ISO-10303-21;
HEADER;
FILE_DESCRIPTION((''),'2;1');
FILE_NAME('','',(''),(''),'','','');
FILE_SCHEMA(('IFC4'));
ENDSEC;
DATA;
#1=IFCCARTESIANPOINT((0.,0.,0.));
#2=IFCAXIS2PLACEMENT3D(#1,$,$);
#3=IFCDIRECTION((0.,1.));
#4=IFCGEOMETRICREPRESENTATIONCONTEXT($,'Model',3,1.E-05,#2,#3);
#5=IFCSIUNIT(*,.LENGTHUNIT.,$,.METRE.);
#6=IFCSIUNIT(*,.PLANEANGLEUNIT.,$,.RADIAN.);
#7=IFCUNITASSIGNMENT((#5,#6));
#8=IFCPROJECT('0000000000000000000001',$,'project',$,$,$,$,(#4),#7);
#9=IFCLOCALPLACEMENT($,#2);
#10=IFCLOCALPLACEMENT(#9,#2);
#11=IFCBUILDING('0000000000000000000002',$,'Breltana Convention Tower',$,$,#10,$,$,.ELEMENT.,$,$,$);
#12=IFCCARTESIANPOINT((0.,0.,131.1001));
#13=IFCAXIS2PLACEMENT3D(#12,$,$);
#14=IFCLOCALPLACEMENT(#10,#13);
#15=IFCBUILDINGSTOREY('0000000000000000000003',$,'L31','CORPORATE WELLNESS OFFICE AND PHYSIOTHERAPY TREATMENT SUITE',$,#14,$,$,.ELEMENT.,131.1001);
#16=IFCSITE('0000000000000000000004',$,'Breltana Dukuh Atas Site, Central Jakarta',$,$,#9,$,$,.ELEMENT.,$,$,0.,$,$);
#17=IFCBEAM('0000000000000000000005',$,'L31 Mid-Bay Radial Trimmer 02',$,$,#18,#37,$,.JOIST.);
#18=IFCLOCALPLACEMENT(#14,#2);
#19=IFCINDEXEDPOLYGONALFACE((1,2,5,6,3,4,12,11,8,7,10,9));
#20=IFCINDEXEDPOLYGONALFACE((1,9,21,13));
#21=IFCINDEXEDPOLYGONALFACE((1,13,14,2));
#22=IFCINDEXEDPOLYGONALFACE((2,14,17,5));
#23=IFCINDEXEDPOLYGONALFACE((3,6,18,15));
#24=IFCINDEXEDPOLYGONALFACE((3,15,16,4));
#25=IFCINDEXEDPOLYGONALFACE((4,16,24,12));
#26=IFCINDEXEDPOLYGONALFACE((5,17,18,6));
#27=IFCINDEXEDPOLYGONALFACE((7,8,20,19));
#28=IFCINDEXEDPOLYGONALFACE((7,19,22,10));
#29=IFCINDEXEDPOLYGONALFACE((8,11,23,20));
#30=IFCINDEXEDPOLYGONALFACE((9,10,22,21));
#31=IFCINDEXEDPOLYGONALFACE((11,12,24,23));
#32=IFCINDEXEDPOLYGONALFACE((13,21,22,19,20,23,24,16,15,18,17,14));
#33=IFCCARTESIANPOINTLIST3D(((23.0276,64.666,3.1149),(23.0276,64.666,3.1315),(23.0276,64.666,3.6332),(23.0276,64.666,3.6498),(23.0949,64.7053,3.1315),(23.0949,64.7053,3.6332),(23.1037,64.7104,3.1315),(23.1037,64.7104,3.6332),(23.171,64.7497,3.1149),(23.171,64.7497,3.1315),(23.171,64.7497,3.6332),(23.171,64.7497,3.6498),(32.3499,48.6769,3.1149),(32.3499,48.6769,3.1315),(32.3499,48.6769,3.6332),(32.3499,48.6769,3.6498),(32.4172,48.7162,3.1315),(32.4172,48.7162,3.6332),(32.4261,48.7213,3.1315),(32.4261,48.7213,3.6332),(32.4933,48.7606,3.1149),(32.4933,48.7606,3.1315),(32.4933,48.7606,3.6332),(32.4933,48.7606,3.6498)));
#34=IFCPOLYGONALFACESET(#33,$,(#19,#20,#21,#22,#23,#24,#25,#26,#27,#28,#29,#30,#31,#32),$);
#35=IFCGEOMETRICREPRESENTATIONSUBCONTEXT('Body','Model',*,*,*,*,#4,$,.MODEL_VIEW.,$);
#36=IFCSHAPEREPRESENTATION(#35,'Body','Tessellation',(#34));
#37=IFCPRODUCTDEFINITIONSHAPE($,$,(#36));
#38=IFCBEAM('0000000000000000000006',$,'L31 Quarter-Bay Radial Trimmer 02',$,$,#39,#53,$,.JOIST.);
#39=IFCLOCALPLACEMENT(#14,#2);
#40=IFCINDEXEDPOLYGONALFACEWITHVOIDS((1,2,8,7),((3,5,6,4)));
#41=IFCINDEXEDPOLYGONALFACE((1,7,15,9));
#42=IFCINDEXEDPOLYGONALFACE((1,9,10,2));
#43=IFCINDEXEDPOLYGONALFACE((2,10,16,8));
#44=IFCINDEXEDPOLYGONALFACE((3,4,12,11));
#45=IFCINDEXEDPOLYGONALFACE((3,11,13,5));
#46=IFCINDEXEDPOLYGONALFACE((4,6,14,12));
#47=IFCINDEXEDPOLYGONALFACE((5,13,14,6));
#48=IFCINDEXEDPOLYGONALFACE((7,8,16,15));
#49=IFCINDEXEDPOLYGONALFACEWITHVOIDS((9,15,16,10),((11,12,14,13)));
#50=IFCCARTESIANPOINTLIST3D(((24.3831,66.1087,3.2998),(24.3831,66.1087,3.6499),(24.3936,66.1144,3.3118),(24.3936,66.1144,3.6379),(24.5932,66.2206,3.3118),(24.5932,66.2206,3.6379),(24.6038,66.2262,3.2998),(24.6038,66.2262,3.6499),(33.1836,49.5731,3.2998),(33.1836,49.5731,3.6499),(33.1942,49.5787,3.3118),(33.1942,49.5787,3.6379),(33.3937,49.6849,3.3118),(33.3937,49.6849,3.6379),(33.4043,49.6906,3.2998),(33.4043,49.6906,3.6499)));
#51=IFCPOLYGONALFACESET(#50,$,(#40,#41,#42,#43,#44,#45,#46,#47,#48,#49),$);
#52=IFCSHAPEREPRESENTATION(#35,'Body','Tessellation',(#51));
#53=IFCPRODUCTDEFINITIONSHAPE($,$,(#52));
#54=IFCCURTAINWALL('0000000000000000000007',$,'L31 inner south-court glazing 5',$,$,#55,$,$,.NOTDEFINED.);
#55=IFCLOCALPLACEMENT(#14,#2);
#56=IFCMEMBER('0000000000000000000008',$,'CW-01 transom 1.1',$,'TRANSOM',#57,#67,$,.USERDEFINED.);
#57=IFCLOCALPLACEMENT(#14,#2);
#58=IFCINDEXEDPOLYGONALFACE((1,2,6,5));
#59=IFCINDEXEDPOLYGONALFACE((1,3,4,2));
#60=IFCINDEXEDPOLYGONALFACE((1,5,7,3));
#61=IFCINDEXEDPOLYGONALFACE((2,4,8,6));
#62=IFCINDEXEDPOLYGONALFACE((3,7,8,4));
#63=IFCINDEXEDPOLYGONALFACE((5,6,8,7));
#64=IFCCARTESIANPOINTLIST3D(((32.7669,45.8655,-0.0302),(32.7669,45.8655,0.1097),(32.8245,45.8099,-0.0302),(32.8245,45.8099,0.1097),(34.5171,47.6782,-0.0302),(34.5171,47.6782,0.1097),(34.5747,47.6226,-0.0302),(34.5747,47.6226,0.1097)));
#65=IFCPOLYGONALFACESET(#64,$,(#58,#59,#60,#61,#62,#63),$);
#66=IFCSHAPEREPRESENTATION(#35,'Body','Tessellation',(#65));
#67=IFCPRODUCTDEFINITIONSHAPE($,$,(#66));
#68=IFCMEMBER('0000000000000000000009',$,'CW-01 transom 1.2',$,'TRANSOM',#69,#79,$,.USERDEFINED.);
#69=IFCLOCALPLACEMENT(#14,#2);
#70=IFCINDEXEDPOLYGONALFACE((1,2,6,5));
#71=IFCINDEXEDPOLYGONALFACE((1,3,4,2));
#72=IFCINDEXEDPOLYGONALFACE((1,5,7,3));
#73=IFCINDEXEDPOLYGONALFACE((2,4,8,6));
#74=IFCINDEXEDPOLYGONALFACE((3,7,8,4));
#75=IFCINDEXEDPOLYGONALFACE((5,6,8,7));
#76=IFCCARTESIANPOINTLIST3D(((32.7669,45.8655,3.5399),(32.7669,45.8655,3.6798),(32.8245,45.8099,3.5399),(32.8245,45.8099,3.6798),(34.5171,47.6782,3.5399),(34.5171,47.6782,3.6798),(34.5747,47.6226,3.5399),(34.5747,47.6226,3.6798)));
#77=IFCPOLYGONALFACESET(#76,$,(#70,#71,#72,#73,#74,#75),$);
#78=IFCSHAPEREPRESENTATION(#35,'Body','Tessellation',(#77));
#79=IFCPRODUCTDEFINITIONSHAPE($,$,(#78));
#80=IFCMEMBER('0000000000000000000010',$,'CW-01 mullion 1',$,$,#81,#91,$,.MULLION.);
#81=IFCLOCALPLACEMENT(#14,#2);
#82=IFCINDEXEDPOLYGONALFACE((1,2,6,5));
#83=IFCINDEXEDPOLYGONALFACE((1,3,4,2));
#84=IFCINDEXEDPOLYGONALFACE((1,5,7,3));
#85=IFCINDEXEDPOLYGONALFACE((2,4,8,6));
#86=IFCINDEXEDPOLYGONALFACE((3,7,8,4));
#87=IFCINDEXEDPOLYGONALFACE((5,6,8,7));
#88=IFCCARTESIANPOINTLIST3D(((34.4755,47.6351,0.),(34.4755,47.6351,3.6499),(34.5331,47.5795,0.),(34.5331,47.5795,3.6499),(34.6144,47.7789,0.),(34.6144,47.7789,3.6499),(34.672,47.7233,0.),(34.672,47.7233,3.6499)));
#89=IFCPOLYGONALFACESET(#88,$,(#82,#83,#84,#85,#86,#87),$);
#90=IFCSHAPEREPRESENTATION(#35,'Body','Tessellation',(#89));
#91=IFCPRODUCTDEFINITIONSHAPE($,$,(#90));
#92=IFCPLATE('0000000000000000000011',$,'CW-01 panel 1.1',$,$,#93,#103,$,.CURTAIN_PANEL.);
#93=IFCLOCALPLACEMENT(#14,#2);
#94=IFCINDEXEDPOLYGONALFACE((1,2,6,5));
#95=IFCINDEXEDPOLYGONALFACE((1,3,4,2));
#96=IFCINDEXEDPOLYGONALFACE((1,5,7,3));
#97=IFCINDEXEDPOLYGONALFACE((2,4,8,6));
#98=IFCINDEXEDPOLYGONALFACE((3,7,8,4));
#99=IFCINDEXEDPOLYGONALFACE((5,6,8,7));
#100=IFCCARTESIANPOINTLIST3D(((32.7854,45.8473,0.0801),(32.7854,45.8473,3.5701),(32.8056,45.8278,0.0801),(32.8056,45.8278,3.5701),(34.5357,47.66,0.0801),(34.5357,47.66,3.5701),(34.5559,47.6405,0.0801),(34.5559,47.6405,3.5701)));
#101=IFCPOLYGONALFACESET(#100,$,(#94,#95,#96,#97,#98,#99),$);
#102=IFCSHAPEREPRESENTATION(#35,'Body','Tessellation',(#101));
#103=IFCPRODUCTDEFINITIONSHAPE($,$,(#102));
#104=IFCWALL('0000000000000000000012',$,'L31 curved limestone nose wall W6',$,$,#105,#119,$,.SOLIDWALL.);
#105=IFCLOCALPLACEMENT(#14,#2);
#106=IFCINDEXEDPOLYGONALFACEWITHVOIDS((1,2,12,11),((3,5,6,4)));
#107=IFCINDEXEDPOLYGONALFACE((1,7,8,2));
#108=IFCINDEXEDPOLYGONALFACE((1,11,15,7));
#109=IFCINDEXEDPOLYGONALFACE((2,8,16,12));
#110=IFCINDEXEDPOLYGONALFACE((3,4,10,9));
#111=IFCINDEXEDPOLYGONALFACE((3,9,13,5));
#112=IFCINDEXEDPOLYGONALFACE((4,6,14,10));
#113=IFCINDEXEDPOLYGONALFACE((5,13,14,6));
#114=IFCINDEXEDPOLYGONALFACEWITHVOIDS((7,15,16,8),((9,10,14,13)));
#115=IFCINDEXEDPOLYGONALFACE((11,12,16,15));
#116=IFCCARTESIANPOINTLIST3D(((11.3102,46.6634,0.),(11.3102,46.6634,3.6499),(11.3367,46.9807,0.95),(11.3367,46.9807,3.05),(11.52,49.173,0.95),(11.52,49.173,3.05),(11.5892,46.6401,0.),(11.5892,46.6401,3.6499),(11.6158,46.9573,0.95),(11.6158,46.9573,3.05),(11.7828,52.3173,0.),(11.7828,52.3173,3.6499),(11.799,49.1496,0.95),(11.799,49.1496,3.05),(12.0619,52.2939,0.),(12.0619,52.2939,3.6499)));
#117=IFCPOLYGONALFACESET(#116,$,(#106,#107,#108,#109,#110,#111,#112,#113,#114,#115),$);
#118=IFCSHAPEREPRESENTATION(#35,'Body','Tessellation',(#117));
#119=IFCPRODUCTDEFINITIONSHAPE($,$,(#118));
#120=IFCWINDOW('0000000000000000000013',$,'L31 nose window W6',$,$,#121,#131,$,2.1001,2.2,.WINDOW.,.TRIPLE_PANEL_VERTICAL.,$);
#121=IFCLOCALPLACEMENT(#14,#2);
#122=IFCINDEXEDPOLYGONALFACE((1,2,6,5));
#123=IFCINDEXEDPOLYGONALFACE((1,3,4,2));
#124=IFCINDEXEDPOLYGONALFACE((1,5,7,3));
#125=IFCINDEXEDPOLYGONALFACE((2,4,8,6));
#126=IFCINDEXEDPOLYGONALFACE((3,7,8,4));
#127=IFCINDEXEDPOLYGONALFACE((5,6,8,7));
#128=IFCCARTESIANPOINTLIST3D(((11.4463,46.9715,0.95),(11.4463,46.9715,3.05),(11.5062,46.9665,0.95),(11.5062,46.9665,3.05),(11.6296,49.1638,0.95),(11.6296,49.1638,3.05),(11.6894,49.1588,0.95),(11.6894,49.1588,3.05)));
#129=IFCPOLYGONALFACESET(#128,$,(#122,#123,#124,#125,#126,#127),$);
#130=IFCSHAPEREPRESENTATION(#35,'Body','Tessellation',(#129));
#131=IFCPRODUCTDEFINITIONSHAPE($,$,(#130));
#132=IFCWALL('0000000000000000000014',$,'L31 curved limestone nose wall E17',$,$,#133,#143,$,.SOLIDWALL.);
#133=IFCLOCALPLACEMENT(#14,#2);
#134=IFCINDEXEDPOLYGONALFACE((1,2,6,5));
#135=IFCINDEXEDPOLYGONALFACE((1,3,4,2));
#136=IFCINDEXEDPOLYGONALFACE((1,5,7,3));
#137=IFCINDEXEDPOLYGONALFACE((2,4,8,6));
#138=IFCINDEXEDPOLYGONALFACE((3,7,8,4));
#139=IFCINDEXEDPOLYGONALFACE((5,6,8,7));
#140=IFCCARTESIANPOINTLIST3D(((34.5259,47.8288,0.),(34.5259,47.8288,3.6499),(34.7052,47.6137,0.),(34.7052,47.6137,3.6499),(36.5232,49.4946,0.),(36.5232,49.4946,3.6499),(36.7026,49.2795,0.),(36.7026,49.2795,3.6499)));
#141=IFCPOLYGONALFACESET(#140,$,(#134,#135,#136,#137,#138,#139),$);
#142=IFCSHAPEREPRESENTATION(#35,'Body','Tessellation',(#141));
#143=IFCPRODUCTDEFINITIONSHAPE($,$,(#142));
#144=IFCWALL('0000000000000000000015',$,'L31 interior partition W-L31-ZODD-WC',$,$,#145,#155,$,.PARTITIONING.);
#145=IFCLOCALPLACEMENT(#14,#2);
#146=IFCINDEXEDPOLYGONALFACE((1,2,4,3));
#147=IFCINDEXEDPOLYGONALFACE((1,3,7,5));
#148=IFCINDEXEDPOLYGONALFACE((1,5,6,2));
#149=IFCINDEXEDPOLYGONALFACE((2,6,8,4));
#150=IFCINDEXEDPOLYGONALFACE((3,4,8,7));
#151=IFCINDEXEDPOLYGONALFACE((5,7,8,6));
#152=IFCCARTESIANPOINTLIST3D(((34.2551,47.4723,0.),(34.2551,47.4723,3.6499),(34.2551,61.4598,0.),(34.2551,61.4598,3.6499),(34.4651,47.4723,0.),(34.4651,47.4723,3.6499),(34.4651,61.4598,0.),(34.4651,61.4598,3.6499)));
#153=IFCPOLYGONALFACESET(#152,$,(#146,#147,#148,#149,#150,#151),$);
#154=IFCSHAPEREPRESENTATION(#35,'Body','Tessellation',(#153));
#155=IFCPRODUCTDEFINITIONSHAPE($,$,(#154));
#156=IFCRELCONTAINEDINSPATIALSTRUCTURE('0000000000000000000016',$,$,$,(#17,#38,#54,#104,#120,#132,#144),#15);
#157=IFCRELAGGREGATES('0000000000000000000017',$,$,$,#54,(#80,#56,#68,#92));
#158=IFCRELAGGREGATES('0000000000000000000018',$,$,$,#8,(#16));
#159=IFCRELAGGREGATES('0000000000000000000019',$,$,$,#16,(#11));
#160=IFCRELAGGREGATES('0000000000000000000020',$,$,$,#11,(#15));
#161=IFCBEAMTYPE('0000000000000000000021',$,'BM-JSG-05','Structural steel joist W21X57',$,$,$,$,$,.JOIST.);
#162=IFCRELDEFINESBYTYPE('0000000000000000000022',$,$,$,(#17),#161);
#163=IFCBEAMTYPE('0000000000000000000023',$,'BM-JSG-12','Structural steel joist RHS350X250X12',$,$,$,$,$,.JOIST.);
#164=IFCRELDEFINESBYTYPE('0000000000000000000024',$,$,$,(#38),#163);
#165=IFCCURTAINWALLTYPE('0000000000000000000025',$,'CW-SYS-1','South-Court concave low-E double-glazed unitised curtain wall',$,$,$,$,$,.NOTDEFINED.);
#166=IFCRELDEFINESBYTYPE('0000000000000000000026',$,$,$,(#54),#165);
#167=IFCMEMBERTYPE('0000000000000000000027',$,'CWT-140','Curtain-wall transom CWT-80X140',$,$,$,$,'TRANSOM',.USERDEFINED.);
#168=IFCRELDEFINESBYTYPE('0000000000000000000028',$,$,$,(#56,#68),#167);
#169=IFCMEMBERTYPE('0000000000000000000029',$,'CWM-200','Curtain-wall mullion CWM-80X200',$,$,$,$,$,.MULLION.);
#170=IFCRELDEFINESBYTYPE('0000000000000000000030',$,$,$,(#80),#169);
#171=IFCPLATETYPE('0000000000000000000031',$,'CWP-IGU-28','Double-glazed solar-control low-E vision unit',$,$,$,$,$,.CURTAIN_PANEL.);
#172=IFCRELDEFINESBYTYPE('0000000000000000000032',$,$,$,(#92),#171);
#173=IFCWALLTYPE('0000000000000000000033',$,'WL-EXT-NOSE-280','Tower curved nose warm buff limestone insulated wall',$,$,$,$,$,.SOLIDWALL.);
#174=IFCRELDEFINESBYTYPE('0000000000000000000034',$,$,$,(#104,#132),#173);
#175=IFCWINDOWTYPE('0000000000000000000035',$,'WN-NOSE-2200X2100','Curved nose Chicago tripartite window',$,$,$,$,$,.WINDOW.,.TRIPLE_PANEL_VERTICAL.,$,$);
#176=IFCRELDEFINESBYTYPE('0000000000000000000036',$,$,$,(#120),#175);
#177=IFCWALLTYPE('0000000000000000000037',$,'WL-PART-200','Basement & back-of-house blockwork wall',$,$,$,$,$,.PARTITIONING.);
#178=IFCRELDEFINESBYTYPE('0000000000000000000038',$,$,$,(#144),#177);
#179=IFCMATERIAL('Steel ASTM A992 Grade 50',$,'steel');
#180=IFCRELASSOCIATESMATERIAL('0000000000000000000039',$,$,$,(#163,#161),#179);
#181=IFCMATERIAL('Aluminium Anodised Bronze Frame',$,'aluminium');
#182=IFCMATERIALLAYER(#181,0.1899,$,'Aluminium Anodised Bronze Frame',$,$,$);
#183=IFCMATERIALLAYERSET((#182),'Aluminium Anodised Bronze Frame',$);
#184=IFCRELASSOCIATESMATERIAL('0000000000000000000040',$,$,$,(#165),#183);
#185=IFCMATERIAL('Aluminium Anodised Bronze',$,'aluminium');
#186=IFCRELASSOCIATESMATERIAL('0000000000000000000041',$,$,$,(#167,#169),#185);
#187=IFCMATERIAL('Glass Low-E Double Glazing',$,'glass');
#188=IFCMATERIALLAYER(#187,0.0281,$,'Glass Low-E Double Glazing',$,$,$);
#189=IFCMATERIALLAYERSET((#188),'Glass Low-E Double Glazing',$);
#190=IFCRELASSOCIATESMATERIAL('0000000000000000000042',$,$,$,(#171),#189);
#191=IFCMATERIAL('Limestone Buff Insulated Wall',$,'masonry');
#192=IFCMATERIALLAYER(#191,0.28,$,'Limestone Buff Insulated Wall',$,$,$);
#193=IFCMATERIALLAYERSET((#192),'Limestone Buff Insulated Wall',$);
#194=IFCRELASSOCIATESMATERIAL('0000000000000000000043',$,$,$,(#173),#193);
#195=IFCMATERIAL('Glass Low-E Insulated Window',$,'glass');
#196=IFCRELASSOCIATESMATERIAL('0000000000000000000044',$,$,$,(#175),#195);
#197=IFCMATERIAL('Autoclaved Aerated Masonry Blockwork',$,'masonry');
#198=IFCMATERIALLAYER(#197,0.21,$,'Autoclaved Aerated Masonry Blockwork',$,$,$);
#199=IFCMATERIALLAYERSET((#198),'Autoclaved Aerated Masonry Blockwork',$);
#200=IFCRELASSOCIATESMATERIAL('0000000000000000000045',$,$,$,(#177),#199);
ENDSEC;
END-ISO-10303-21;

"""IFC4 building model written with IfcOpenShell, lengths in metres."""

from ifc_helpers import new_model, si_unit, direction, frame, frame_2d, origin, origin_2d, place, context, subcontext, project, spatial, rectangle, hollow_rectangle, i_section, extrude, source, transform, mapped, material, layer, layer_set, material_profile, profile_set, type_object, type_shapes, element, fill, aggregate, save


model = new_model("IFC4")

# Units and contexts
model_context = context("Model", 3, precision=1e-05, world=origin(), true_north=direction((0.0, 1.0)))
body_context = subcontext(model_context, "Body", "Model", "MODEL_VIEW")
ifc_project = project(units=[si_unit("LENGTHUNIT", "METRE"), si_unit("PLANEANGLEUNIT", "RADIAN")], contexts=[model_context])

# Site, building, storey
site_placement = place(None, origin())
site = spatial("IfcSite", under=ifc_project, at=site_placement, Name="Breltana Dukuh Atas Site, Central Jakarta", CompositionType="ELEMENT", RefElevation=0.0)
building_placement = place(site_placement, origin())
building = spatial("IfcBuilding", under=site, at=building_placement, Name="Breltana Convention Tower", CompositionType="ELEMENT")
storey_placement = place(building_placement, frame((0.0, 0.0, 131.1001)))
storey = spatial("IfcBuildingStorey", under=building, at=storey_placement, Name="L31", Description="CORPORATE WELLNESS OFFICE AND PHYSIOTHERAPY TREATMENT SUITE", CompositionType="ELEMENT", Elevation=131.1001)

# Beams
ifc_material_1 = material(Name="Steel ASTM A992 Grade 50", Category="steel")
ifc_material_profile_1 = material_profile(ifc_material_1, hollow_rectangle(XDim=0.25, YDim=0.3501, WallThickness=0.012, at=origin_2d()), Name="RHS350X250X12")
ifc_profile_set_1 = profile_set([ifc_material_profile_1], Name="Steel ASTM A992 Grade 50")
beam_type_1 = type_object("IfcBeamType", Name="BM-JSG-12", Description="Structural steel joist RHS350X250X12", PredefinedType="JOIST", material=ifc_profile_set_1)
ifc_material_profile_2 = material_profile(ifc_material_1, i_section(OverallWidth=0.166, OverallDepth=0.5349, WebThickness=0.0103, FlangeThickness=0.0166, at=origin_2d()), Name="W21X57")
ifc_profile_set_2 = profile_set([ifc_material_profile_2], Name="Steel ASTM A992 Grade 50")
beam_type_2 = type_object("IfcBeamType", Name="BM-JSG-05", Description="Structural steel joist W21X57", PredefinedType="JOIST", material=ifc_profile_set_2)
shared_shape_1 = source(origin(), body_context, "Body", "SweptSolid", [
    extrude(i_section(OverallWidth=0.166, OverallDepth=0.5349, WebThickness=0.0103, FlangeThickness=0.0166, at=origin_2d()), origin(), (0.0, 0.0, 1.0), 18.5083),
])
beam_1_placement = place(storey_placement, frame((32.4216, 48.7188, 3.3823), z_axis=(-0.503683, 0.863888, 0.0), x_axis=(-0.863888, -0.503683, 0.0)))
element("IfcBeam", 1, at=beam_1_placement, inside=storey, type_object=beam_type_2, Name="L31 Mid-Bay Radial Trimmer 02", PredefinedType="JOIST", context=body_context, shape_type="MappedRepresentation", body=[
    mapped(shared_shape_1, transform((0.0, 0.0, 0.0), scale=1.0)),
])
shared_shape_2 = source(origin(), body_context, "Body", "SweptSolid", [
    extrude(hollow_rectangle(XDim=0.25, YDim=0.3501, WallThickness=0.012, at=origin_2d()), origin(), (0.0, 0.0, 1.0), 18.7317),
])
beam_2_placement = place(storey_placement, frame((33.2939, 49.6318, 3.4749), z_axis=(-0.46982, 0.882762, 0.0), x_axis=(-0.882762, -0.46982, 0.0)))
element("IfcBeam", 2, at=beam_2_placement, inside=storey, type_object=beam_type_1, Name="L31 Quarter-Bay Radial Trimmer 02", PredefinedType="JOIST", context=body_context, shape_type="MappedRepresentation", body=[
    mapped(shared_shape_2, transform((0.0, 0.0, 0.0), scale=1.0)),
])

# Curtain wall, members, plate
ifc_material_2 = material(Name="Aluminium Anodised Bronze Frame", Category="aluminium")
ifc_layer_1 = layer(ifc_material_2, 0.1899, Name="Aluminium Anodised Bronze Frame")
ifc_layer_set_1 = layer_set([ifc_layer_1], Name="Aluminium Anodised Bronze Frame")
curtain_wall_type = type_object("IfcCurtainWallType", Name="CW-SYS-1", Description="South-Court concave low-E double-glazed unitised curtain wall", PredefinedType="NOTDEFINED", material=ifc_layer_set_1)
curtain_wall_placement = place(storey_placement, origin())
curtain_wall = element("IfcCurtainWall", 3, at=curtain_wall_placement, inside=storey, type_object=curtain_wall_type, Name="L31 inner south-court glazing 5", PredefinedType="NOTDEFINED")
ifc_material_3 = material(Name="Aluminium Anodised Bronze", Category="aluminium")
ifc_material_profile_3 = material_profile(ifc_material_3, rectangle(XDim=0.0801, YDim=0.1399, at=origin_2d()), Name="CWT-80X140")
ifc_profile_set_3 = profile_set([ifc_material_profile_3], Name="Aluminium Anodised Bronze")
member_type_1 = type_object("IfcMemberType", Name="CWT-140", Description="Curtain-wall transom CWT-80X140", ElementType="TRANSOM", PredefinedType="USERDEFINED", material=ifc_profile_set_3)
shared_shape_3 = source(origin(), body_context, "Body", "SweptSolid", [
    extrude(rectangle(XDim=0.0801, YDim=0.1399, at=origin_2d()), origin(), (0.0, 0.0, 1.0), 2.5198),
])
member_1_placement = place(storey_placement, frame((34.5459, 47.6504, 0.0398), z_axis=(-0.694596, -0.7194, 0.0), x_axis=(0.7194, -0.694596, 0.0)))
member_1 = element("IfcMember", 4, at=member_1_placement, type_object=member_type_1, Name="CW-01 transom 1.1", ObjectType="TRANSOM", PredefinedType="USERDEFINED", context=body_context, shape_type="MappedRepresentation", body=[
    mapped(shared_shape_3, transform((0.0, 0.0, 0.0), scale=1.0)),
])
member_2_placement = place(storey_placement, frame((34.5459, 47.6504, 3.6099), z_axis=(-0.694596, -0.7194, 0.0), x_axis=(0.7194, -0.694596, 0.0)))
member_2 = element("IfcMember", 5, at=member_2_placement, type_object=member_type_1, Name="CW-01 transom 1.2", ObjectType="TRANSOM", PredefinedType="USERDEFINED", context=body_context, shape_type="MappedRepresentation", body=[
    mapped(shared_shape_3, transform((0.0, 0.0, 0.0), scale=1.0)),
])
ifc_material_profile_4 = material_profile(ifc_material_3, rectangle(XDim=0.0801, YDim=0.2, at=origin_2d()), Name="CWM-80X200")
ifc_profile_set_4 = profile_set([ifc_material_profile_4], Name="Aluminium Anodised Bronze")
member_type_2 = type_object("IfcMemberType", Name="CWM-200", Description="Curtain-wall mullion CWM-80X200", PredefinedType="MULLION", material=ifc_profile_set_4)
shared_shape_4 = source(origin(), body_context, "Body", "SweptSolid", [
    extrude(rectangle(XDim=0.0801, YDim=0.2, at=origin_2d()), origin(), (0.0, 0.0, 1.0), 3.6499),
])
member_3_placement = place(storey_placement, frame((34.5737, 47.6792, 0.0), z_axis=(0.0, 0.0, 1.0), x_axis=(0.719387, -0.694609, 0.0)))
member_3 = element("IfcMember", 6, at=member_3_placement, type_object=member_type_2, Name="CW-01 mullion 1", PredefinedType="MULLION", context=body_context, shape_type="MappedRepresentation", body=[
    mapped(shared_shape_4, transform((0.0, 0.0, 0.0), scale=1.0)),
])
ifc_material_4 = material(Name="Glass Low-E Double Glazing", Category="glass")
ifc_layer_2 = layer(ifc_material_4, 0.0281, Name="Glass Low-E Double Glazing")
ifc_layer_set_2 = layer_set([ifc_layer_2], Name="Glass Low-E Double Glazing")
plate_type = type_object("IfcPlateType", Name="CWP-IGU-28", Description="Double-glazed solar-control low-E vision unit", PredefinedType="CURTAIN_PANEL", material=ifc_layer_set_2)
shared_shape_5 = source(origin(), body_context, "Body", "SweptSolid", [
    extrude(rectangle(XDim=2.5198, YDim=0.0281, at=origin_2d()), origin(), (0.0, 0.0, 1.0), 3.49),
])
plate_placement = place(storey_placement, frame((33.6707, 46.7439, 0.0801), z_axis=(0.0, 0.0, 1.0), x_axis=(-0.694609, -0.719387, 0.0)))
plate = element("IfcPlate", 7, at=plate_placement, type_object=plate_type, Name="CW-01 panel 1.1", PredefinedType="CURTAIN_PANEL", context=body_context, shape_type="MappedRepresentation", body=[
    mapped(shared_shape_5, transform((0.0, 0.0, 0.0), scale=1.0)),
])
aggregate(curtain_wall, [member_3, member_1, member_2, plate])

# Wall, opening, window
ifc_material_5 = material(Name="Limestone Buff Insulated Wall", Category="masonry")
ifc_layer_3 = layer(ifc_material_5, 0.28, Name="Limestone Buff Insulated Wall")
ifc_layer_set_3 = layer_set([ifc_layer_3], Name="Limestone Buff Insulated Wall")
wall_type_1 = type_object("IfcWallType", Name="WL-EXT-NOSE-280", Description="Tower curved nose warm buff limestone insulated wall", PredefinedType="SOLIDWALL", material=ifc_layer_set_3)
shared_shape_6 = source(origin(), body_context, "Body", "SweptSolid", [
    extrude(rectangle(XDim=5.6736, YDim=0.28, at=frame_2d((2.8369, 0.0))), origin(), (0.0, 0.0, 1.0), 3.6499),
])
wall_1_placement = place(storey_placement, frame((11.4497, 46.6516, 0.0), z_axis=(0.0, 0.0, 1.0), x_axis=(0.083309, 0.996524, 0.0)))
wall_1 = element("IfcWall", 8, at=wall_1_placement, inside=storey, type_object=wall_type_1, Name="L31 curved limestone nose wall W6", PredefinedType="SOLIDWALL", context=body_context, shape_type="MappedRepresentation", body=[
    mapped(shared_shape_6, transform((0.0, 0.0, 0.0), scale=1.0)),
])
opening_placement = place(wall_1_placement, frame((0.3184, 0.0, 0.95)))
opening = element("IfcOpeningElement", 9, at=opening_placement, cuts=wall_1, PredefinedType="OPENING", context=body_context, shape_type="SweptSolid", body=[
    extrude(rectangle(XDim=2.2, YDim=2.1001, at=frame_2d((1.1001, 1.05))), frame((0.0, 0.1499, 0.0), z_axis=(0.0, -1.0, 0.0), x_axis=(1.0, 0.0, 0.0)), (0.0, 0.0, 1.0), 0.3),
])
ifc_material_6 = material(Name="Glass Low-E Insulated Window", Category="glass")
window_type = type_object("IfcWindowType", Name="WN-NOSE-2200X2100", Description="Curved nose Chicago tripartite window", PartitioningType="TRIPLE_PANEL_VERTICAL", PredefinedType="WINDOW", material=ifc_material_6)
shared_shape_7 = source(origin(), body_context, "Body", "SweptSolid", [
    extrude(rectangle(XDim=2.2, YDim=2.1001, at=frame_2d((1.1001, 1.05))), frame((0.0, 0.03, 0.0), z_axis=(0.0, -1.0, 0.0), x_axis=(1.0, 0.0, 0.0)), (0.0, 0.0, 1.0), 0.0601),
])
type_shapes(window_type, [shared_shape_7])
window_placement = place(opening_placement, origin())
window = element("IfcWindow", 10, at=window_placement, inside=storey, type_object=window_type, Name="L31 nose window W6", OverallHeight=2.1001, OverallWidth=2.2, PartitioningType="TRIPLE_PANEL_VERTICAL", PredefinedType="WINDOW", context=body_context, shape_type="MappedRepresentation", body=[
    mapped(shared_shape_7, transform((0.0, 0.0, 0.0), scale=1.0)),
])
fill(opening, window)

# Walls
shared_shape_8 = source(origin(), body_context, "Body", "SweptSolid", [
    extrude(rectangle(XDim=2.6008, YDim=0.28, at=frame_2d((1.3003, 0.0))), origin(), (0.0, 0.0, 1.0), 3.6499),
])
wall_2_placement = place(storey_placement, frame((36.6128, 49.387, 0.0), z_axis=(0.0, 0.0, 1.0), x_axis=(-0.767967, -0.640489, 0.0)))
element("IfcWall", 11, at=wall_2_placement, inside=storey, type_object=wall_type_1, Name="L31 curved limestone nose wall E17", PredefinedType="SOLIDWALL", context=body_context, shape_type="MappedRepresentation", body=[
    mapped(shared_shape_8, transform((0.0, 0.0, 0.0), scale=1.0)),
])
ifc_material_7 = material(Name="Autoclaved Aerated Masonry Blockwork", Category="masonry")
ifc_layer_4 = layer(ifc_material_7, 0.21, Name="Autoclaved Aerated Masonry Blockwork")
ifc_layer_set_4 = layer_set([ifc_layer_4], Name="Autoclaved Aerated Masonry Blockwork")
wall_type_2 = type_object("IfcWallType", Name="WL-PART-200", Description="Basement & back-of-house blockwork wall", PredefinedType="PARTITIONING", material=ifc_layer_set_4)
shared_shape_9 = source(origin(), body_context, "Body", "SweptSolid", [
    extrude(rectangle(XDim=13.9875, YDim=0.21, at=frame_2d((6.9937, 0.0))), origin(), (0.0, 0.0, 1.0), 3.6499),
])
wall_3_placement = place(storey_placement, frame((34.3601, 47.4724, 0.0), z_axis=(0.0, 0.0, 1.0), x_axis=(0.0, 1.0, 0.0)))
element("IfcWall", 12, at=wall_3_placement, inside=storey, type_object=wall_type_2, Name="L31 interior partition W-L31-ZODD-WC", PredefinedType="PARTITIONING", context=body_context, shape_type="MappedRepresentation", body=[
    mapped(shared_shape_9, transform((0.0, 0.0, 0.0), scale=1.0)),
])

save(model, "model.ifc")
